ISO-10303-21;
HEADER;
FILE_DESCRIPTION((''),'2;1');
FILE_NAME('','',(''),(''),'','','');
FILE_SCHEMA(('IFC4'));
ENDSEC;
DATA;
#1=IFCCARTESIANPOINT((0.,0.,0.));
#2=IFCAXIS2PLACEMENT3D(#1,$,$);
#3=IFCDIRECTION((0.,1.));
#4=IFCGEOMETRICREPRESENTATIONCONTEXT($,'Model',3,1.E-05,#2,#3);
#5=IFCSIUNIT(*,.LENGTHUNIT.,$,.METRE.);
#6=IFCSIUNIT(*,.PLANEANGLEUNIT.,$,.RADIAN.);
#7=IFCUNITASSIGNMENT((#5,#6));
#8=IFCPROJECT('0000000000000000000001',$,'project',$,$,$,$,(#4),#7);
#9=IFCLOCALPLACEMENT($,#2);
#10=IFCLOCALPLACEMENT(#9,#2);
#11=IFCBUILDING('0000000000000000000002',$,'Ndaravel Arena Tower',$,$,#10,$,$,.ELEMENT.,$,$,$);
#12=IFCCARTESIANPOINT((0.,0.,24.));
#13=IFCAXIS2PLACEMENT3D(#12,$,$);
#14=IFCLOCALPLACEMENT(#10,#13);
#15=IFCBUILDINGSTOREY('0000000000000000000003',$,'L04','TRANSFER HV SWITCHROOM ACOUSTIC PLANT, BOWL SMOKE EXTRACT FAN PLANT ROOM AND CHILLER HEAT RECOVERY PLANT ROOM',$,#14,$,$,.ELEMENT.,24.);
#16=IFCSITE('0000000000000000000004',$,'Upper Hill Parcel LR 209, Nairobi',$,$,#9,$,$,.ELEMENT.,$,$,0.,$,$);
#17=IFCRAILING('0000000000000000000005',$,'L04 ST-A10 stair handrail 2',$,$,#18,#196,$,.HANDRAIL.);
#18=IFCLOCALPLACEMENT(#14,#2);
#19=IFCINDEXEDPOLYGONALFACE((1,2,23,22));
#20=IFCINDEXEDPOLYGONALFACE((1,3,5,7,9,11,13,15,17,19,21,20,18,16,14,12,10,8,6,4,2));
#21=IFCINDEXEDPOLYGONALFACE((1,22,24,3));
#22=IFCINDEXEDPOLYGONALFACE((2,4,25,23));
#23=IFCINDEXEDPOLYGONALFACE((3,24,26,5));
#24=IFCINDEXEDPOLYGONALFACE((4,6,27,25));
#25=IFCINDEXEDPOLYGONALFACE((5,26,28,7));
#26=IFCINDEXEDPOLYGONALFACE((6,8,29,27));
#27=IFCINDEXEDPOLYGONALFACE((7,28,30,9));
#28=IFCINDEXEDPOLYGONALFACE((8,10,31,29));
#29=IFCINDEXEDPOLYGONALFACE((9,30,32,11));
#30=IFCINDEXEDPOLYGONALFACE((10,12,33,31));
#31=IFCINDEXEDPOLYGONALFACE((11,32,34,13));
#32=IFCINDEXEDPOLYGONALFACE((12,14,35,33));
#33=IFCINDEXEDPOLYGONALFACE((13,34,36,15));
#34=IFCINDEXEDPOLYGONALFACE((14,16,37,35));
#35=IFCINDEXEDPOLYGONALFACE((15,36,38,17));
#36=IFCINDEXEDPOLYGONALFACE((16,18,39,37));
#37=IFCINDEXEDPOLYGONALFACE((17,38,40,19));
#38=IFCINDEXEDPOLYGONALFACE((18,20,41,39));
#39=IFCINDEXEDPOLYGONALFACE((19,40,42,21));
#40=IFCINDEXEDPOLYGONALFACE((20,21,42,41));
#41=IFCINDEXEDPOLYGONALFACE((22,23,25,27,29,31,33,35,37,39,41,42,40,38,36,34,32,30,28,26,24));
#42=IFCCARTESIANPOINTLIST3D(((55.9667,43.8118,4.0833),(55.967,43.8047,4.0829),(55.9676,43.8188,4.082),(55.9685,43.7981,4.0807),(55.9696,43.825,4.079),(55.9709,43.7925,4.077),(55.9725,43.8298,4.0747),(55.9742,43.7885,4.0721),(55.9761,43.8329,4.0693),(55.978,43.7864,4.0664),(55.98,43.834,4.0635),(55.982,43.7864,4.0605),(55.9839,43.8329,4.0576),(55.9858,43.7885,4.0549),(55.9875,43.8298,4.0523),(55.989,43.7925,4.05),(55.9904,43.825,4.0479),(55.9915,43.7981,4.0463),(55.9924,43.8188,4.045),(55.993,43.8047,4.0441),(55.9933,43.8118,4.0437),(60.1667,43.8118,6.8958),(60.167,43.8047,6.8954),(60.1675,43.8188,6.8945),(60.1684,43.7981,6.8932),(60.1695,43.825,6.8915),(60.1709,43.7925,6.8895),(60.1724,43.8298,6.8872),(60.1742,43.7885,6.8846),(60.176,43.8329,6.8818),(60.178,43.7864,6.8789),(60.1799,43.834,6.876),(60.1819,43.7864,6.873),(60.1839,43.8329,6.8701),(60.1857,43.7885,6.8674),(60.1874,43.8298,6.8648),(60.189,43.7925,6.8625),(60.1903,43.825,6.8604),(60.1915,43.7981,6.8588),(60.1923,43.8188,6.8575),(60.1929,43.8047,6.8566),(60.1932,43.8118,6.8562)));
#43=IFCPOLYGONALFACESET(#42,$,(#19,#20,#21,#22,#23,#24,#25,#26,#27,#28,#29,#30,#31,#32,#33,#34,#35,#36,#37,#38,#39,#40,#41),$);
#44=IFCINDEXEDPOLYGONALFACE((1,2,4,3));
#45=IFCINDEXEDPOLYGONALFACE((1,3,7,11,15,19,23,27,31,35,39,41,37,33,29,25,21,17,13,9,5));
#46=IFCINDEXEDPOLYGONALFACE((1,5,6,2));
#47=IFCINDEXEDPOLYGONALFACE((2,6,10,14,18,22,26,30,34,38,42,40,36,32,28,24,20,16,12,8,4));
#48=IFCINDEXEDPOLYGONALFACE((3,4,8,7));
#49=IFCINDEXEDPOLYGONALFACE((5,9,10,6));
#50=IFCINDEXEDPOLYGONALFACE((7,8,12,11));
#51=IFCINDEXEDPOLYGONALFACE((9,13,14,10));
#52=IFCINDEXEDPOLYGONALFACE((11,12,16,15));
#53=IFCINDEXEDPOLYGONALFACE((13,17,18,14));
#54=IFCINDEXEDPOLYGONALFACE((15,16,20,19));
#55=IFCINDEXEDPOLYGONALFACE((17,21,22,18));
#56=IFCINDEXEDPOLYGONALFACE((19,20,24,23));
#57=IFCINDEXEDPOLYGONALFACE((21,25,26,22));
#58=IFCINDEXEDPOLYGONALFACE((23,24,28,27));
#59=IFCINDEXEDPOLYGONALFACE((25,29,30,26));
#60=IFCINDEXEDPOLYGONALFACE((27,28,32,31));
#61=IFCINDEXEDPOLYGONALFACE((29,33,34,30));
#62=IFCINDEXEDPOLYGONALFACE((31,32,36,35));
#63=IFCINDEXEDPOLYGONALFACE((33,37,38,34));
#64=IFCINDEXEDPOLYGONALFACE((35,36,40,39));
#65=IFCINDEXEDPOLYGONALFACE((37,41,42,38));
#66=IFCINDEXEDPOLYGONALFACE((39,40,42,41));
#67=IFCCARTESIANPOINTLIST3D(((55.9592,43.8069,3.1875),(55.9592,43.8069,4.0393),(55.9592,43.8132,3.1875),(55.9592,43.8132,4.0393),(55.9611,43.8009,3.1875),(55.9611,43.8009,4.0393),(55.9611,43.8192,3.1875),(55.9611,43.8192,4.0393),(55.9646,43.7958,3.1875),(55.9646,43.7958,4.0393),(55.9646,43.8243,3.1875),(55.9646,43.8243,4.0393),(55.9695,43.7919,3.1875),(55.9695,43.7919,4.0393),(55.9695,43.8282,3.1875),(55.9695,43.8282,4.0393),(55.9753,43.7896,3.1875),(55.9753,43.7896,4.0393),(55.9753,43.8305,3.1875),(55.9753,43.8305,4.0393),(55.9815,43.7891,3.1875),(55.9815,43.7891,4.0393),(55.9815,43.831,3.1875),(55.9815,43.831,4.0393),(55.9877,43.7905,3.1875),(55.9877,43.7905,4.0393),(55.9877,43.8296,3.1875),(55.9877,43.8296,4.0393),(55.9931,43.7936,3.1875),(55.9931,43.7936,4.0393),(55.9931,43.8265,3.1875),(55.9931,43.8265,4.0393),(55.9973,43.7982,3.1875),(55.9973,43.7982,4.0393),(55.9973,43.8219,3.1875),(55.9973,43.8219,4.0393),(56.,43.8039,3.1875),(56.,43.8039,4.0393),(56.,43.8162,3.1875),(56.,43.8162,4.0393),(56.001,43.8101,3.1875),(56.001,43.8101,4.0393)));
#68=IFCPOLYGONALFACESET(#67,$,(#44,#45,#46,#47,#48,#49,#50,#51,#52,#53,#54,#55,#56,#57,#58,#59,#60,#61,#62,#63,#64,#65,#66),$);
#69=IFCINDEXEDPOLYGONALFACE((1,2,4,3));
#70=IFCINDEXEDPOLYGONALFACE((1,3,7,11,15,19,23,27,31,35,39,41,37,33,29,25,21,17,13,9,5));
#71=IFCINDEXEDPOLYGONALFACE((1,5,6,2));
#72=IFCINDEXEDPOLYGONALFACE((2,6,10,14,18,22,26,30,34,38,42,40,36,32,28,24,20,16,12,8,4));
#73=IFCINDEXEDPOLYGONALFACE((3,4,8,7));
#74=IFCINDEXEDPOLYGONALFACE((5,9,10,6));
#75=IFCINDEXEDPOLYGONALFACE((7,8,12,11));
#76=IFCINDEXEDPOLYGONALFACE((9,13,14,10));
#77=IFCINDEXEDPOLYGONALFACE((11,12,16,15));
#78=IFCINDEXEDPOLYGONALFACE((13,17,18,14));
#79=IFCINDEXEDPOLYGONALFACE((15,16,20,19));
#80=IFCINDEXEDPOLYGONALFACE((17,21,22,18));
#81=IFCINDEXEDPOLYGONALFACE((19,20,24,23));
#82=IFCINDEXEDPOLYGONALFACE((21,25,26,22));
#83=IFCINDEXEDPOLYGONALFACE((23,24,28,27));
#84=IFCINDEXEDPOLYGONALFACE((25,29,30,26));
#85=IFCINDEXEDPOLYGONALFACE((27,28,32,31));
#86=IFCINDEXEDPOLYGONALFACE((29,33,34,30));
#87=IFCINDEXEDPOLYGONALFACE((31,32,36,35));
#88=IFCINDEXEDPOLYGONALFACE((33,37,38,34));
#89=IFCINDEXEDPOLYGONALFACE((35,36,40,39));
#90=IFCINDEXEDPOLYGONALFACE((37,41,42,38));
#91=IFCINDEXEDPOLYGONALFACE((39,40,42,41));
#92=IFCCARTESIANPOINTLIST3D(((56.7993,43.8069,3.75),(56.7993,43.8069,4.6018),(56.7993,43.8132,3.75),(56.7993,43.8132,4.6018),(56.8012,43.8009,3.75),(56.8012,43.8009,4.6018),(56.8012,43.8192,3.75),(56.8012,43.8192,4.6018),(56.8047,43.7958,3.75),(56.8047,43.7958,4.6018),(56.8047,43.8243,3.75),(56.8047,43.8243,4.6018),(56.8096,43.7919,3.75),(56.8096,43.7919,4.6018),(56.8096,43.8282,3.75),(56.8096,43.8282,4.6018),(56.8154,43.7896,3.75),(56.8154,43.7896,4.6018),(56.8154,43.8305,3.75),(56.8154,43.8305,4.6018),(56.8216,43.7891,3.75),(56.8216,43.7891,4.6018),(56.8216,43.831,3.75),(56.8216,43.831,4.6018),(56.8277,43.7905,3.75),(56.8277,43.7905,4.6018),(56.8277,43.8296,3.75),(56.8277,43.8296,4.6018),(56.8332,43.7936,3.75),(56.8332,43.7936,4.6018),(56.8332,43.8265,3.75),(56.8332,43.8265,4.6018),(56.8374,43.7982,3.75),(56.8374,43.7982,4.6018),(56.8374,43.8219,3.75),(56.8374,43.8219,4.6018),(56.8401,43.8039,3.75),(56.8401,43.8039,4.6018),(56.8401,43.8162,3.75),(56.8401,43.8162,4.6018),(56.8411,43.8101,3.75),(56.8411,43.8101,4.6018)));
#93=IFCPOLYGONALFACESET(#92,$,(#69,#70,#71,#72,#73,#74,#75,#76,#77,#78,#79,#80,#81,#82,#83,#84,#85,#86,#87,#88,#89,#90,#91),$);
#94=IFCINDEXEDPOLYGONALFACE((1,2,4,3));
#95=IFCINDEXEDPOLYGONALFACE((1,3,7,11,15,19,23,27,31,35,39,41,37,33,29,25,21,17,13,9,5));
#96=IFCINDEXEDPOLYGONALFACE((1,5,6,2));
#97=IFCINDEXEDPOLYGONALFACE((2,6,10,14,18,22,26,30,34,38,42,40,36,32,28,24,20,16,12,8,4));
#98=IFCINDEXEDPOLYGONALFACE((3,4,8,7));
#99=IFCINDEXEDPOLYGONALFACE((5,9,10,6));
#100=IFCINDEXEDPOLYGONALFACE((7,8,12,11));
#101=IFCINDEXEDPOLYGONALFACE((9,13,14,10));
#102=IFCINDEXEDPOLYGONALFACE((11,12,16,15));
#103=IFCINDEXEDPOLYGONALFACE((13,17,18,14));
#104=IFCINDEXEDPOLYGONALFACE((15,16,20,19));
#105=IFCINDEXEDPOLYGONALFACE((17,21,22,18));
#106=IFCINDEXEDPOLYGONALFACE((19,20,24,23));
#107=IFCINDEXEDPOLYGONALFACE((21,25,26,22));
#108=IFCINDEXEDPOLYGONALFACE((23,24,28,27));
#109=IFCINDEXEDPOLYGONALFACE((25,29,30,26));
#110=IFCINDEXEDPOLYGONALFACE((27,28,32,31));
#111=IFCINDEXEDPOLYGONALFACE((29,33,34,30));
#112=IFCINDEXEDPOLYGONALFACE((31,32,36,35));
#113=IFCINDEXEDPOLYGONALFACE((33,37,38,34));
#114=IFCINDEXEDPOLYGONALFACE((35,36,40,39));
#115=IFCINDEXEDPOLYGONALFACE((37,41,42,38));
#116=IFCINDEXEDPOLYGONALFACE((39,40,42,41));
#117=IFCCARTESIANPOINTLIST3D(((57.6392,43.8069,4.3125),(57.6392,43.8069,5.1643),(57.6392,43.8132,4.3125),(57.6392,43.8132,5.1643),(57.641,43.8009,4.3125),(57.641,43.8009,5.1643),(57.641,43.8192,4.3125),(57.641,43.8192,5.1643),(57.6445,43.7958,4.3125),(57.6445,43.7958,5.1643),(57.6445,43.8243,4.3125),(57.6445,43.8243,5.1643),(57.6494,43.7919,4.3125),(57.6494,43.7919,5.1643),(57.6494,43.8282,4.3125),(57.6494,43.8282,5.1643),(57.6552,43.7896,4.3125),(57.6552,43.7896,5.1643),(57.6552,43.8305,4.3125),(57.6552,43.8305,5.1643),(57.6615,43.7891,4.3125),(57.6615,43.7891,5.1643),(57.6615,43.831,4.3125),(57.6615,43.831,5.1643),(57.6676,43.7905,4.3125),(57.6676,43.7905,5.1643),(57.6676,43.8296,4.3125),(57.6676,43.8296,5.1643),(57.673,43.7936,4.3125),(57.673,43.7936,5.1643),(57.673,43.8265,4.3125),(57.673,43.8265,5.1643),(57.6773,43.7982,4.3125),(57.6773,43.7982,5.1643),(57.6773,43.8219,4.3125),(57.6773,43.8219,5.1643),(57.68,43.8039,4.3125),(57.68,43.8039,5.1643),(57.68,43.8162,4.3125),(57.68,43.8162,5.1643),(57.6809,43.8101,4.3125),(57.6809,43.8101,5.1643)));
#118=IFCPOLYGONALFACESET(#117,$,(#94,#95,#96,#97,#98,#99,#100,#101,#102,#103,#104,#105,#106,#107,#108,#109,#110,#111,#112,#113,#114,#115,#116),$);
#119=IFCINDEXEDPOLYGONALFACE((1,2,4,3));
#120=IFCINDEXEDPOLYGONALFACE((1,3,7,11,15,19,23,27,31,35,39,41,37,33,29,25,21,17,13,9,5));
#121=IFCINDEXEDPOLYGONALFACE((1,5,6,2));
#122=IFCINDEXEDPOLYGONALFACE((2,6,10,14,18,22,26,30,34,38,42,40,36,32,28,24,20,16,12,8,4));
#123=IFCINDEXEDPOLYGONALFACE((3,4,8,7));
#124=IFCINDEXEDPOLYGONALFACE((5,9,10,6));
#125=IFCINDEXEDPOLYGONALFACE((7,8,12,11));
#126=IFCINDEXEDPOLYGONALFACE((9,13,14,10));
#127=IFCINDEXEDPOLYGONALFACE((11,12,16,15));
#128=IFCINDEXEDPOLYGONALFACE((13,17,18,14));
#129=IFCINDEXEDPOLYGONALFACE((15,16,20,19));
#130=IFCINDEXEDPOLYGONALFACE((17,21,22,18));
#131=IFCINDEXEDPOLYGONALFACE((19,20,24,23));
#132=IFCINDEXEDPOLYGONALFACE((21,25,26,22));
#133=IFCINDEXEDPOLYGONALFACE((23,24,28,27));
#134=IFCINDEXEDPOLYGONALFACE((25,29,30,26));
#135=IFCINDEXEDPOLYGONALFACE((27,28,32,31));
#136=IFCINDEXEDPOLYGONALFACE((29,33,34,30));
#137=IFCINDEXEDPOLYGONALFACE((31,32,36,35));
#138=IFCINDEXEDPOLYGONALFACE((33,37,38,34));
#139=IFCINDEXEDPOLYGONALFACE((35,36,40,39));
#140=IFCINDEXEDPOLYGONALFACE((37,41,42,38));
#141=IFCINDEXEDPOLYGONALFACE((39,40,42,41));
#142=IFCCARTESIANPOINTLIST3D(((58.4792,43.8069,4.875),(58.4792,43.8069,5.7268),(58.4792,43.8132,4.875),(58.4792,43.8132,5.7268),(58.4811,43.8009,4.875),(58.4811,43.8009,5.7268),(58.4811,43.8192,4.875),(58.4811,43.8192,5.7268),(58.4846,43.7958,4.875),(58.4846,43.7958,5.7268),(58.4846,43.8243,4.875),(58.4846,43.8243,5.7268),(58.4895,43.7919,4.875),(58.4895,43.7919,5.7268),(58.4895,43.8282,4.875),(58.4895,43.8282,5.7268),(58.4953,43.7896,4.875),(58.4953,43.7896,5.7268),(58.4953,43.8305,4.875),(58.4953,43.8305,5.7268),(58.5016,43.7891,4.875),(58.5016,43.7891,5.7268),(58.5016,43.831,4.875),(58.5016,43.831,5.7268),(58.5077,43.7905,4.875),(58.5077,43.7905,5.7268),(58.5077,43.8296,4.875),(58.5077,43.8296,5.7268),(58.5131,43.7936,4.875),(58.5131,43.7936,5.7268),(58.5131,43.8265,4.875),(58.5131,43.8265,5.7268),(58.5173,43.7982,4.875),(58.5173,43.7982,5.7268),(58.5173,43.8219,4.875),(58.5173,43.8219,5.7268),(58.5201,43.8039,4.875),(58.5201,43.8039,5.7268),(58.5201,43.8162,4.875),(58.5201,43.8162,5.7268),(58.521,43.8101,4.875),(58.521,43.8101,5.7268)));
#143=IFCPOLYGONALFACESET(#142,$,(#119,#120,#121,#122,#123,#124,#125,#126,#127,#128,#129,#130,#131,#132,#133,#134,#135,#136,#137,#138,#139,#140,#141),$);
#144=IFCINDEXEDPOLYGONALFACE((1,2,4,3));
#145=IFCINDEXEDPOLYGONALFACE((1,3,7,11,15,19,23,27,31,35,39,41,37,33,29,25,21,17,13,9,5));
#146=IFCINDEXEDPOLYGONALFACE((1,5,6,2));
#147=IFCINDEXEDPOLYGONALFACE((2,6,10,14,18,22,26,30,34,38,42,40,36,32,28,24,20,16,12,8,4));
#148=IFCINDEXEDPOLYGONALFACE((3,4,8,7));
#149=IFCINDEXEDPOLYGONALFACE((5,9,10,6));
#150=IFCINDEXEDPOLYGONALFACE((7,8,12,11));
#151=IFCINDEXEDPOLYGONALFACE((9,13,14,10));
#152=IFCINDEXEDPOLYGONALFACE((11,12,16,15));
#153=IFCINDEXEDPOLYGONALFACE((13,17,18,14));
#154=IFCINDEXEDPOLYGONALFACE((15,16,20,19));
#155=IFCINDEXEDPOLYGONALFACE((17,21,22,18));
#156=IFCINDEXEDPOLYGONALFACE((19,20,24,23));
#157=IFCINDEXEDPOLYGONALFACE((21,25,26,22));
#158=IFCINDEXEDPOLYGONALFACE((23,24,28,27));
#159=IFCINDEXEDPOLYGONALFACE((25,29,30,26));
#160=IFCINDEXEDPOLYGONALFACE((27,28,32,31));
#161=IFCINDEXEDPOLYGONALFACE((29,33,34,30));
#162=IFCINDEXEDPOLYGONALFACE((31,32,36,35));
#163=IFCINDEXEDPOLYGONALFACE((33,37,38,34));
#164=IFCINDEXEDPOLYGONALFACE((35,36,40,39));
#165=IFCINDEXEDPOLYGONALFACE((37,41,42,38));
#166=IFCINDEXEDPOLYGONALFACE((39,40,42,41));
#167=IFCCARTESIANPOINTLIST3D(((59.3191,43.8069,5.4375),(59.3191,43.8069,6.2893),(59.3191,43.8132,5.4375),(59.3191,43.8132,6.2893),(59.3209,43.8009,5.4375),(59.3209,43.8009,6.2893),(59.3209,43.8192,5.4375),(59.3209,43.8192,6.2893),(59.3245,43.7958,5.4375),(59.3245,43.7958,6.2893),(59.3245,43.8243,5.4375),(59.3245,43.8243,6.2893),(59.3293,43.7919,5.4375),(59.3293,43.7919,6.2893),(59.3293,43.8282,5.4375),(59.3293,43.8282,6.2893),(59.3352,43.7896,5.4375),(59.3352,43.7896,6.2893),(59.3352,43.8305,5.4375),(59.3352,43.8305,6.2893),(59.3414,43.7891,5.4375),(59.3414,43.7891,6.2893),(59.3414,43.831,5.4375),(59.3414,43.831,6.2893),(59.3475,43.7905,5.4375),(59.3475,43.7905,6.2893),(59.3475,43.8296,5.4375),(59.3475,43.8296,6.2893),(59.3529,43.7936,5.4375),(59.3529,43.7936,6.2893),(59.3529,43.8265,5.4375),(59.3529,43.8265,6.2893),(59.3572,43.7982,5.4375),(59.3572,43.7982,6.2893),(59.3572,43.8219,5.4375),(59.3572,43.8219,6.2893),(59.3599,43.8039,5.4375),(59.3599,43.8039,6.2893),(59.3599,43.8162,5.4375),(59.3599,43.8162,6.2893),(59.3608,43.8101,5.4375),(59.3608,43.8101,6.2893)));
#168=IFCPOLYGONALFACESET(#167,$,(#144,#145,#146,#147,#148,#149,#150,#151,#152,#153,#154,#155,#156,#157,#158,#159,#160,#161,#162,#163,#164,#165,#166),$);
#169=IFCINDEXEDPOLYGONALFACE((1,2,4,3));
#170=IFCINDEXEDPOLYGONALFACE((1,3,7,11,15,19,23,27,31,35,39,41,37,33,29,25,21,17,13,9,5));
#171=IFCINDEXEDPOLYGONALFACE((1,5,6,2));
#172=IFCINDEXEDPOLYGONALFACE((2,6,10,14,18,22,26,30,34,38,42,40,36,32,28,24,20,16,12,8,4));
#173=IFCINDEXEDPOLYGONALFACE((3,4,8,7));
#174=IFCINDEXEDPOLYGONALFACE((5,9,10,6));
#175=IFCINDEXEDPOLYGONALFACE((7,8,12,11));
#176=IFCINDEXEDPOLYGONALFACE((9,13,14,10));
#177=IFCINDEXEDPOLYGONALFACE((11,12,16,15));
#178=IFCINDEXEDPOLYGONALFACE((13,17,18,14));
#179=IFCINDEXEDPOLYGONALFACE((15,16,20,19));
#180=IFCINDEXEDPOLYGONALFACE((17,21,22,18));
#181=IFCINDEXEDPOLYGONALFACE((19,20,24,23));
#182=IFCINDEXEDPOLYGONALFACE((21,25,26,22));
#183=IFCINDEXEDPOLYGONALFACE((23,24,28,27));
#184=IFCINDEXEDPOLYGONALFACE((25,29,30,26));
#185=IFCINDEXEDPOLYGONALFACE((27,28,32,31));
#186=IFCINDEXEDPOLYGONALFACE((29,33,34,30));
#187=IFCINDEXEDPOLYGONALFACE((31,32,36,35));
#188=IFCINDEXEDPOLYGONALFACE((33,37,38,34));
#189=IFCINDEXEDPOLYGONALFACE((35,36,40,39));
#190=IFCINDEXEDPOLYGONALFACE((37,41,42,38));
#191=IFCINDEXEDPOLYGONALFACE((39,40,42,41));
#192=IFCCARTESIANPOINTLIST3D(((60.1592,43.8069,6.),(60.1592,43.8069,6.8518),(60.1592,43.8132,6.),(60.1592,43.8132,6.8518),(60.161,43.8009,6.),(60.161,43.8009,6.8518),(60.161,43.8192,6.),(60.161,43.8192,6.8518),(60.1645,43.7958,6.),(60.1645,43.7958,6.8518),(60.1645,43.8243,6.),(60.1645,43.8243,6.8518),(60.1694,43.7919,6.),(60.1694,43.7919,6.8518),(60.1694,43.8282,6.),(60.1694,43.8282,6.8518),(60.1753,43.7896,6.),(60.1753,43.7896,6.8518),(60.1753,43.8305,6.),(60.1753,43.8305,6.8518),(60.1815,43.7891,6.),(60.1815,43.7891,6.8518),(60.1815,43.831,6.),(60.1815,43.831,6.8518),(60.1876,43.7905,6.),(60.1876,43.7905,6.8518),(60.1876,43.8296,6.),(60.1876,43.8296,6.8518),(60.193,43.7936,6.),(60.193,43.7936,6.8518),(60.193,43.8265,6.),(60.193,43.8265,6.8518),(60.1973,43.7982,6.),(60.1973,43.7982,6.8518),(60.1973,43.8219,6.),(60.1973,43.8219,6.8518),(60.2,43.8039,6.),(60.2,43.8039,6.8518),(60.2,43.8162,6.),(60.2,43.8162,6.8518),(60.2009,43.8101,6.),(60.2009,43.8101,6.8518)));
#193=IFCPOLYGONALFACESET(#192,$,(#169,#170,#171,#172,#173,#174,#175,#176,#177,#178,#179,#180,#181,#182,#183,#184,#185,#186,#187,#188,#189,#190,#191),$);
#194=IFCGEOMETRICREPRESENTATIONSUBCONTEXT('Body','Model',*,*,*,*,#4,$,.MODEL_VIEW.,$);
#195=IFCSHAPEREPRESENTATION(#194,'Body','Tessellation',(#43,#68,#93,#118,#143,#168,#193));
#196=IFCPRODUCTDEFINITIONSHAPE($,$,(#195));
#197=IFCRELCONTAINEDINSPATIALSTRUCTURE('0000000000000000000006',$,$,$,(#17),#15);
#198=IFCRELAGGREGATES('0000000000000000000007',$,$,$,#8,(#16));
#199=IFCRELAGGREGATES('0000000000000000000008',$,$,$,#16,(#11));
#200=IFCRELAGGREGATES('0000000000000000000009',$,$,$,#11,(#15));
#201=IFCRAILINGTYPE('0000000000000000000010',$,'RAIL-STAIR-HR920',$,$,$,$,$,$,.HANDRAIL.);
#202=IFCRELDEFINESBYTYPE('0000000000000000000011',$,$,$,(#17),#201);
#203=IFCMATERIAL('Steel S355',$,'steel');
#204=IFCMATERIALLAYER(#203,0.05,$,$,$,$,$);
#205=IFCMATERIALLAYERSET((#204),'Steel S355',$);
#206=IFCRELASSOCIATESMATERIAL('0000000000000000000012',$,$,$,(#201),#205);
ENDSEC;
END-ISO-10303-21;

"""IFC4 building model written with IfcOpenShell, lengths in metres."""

from ifc_helpers import new_model, si_unit, direction, frame, origin, origin_2d, place, context, subcontext, project, spatial, circle, extrude, material, layer, layer_set, type_object, element, save


model = new_model("IFC4")

# Units and contexts
model_context = context("Model", 3, precision=1e-05, world=origin(), true_north=direction((0.0, 1.0)))
body_context = subcontext(model_context, "Body", "Model", "MODEL_VIEW")
ifc_project = project(units=[si_unit("LENGTHUNIT", "METRE"), si_unit("PLANEANGLEUNIT", "RADIAN")], contexts=[model_context])

# Site, building, storey
site_placement = place(None, origin())
site = spatial("IfcSite", under=ifc_project, at=site_placement, Name="Upper Hill Parcel LR 209, Nairobi", CompositionType="ELEMENT", RefElevation=0.0)
building_placement = place(site_placement, origin())
building = spatial("IfcBuilding", under=site, at=building_placement, Name="Ndaravel Arena Tower", CompositionType="ELEMENT")
storey_placement = place(building_placement, frame((0.0, 0.0, 24.0)))
storey = spatial("IfcBuildingStorey", under=building, at=storey_placement, Name="L04", Description="TRANSFER HV SWITCHROOM ACOUSTIC PLANT, BOWL SMOKE EXTRACT FAN PLANT ROOM AND CHILLER HEAT RECOVERY PLANT ROOM", CompositionType="ELEMENT", Elevation=24.0)

# Railing
ifc_material_1 = material(Name="Steel S355", Category="steel")
ifc_layer_1 = layer(ifc_material_1, 0.05)
ifc_layer_set_1 = layer_set([ifc_layer_1], Name="Steel S355")
railing_type_1 = type_object("IfcRailingType", Name="RAIL-STAIR-HR920", PredefinedType="HANDRAIL", material=ifc_layer_set_1)
railing_1_placement = place(storey_placement, frame((55.98, 43.8101, 3.1875)))
element("IfcRailing", 1, at=railing_1_placement, inside=storey, type_object=railing_type_1, Name="L04 ST-A10 stair handrail 2", PredefinedType="HANDRAIL", context=body_context, shape_type="SweptSolid", body=[
    extrude(circle(Radius=0.0239, at=origin_2d()), frame((0.0, 0.0, 0.876), z_axis=(0.830904, 0.0, 0.556416), x_axis=(0.0, 1.0, 0.0)), (0.0, 0.0, 1.0), 5.0547),
    extrude(circle(Radius=0.021, at=origin_2d()), origin(), (0.0, 0.0, 1.0), 0.8518),
    extrude(circle(Radius=0.021, at=origin_2d()), frame((0.8401, 0.0, 0.5625)), (0.0, 0.0, 1.0), 0.8518),
    extrude(circle(Radius=0.021, at=origin_2d()), frame((1.6799, 0.0, 1.125)), (0.0, 0.0, 1.0), 0.8518),
    extrude(circle(Radius=0.021, at=origin_2d()), frame((2.52, 0.0, 1.6875)), (0.0, 0.0, 1.0), 0.8518),
    extrude(circle(Radius=0.021, at=origin_2d()), frame((3.3599, 0.0, 2.25)), (0.0, 0.0, 1.0), 0.8518),
    extrude(circle(Radius=0.021, at=origin_2d()), frame((4.2, 0.0, 2.8125)), (0.0, 0.0, 1.0), 0.8518),
])

save(model, "model.ifc")
